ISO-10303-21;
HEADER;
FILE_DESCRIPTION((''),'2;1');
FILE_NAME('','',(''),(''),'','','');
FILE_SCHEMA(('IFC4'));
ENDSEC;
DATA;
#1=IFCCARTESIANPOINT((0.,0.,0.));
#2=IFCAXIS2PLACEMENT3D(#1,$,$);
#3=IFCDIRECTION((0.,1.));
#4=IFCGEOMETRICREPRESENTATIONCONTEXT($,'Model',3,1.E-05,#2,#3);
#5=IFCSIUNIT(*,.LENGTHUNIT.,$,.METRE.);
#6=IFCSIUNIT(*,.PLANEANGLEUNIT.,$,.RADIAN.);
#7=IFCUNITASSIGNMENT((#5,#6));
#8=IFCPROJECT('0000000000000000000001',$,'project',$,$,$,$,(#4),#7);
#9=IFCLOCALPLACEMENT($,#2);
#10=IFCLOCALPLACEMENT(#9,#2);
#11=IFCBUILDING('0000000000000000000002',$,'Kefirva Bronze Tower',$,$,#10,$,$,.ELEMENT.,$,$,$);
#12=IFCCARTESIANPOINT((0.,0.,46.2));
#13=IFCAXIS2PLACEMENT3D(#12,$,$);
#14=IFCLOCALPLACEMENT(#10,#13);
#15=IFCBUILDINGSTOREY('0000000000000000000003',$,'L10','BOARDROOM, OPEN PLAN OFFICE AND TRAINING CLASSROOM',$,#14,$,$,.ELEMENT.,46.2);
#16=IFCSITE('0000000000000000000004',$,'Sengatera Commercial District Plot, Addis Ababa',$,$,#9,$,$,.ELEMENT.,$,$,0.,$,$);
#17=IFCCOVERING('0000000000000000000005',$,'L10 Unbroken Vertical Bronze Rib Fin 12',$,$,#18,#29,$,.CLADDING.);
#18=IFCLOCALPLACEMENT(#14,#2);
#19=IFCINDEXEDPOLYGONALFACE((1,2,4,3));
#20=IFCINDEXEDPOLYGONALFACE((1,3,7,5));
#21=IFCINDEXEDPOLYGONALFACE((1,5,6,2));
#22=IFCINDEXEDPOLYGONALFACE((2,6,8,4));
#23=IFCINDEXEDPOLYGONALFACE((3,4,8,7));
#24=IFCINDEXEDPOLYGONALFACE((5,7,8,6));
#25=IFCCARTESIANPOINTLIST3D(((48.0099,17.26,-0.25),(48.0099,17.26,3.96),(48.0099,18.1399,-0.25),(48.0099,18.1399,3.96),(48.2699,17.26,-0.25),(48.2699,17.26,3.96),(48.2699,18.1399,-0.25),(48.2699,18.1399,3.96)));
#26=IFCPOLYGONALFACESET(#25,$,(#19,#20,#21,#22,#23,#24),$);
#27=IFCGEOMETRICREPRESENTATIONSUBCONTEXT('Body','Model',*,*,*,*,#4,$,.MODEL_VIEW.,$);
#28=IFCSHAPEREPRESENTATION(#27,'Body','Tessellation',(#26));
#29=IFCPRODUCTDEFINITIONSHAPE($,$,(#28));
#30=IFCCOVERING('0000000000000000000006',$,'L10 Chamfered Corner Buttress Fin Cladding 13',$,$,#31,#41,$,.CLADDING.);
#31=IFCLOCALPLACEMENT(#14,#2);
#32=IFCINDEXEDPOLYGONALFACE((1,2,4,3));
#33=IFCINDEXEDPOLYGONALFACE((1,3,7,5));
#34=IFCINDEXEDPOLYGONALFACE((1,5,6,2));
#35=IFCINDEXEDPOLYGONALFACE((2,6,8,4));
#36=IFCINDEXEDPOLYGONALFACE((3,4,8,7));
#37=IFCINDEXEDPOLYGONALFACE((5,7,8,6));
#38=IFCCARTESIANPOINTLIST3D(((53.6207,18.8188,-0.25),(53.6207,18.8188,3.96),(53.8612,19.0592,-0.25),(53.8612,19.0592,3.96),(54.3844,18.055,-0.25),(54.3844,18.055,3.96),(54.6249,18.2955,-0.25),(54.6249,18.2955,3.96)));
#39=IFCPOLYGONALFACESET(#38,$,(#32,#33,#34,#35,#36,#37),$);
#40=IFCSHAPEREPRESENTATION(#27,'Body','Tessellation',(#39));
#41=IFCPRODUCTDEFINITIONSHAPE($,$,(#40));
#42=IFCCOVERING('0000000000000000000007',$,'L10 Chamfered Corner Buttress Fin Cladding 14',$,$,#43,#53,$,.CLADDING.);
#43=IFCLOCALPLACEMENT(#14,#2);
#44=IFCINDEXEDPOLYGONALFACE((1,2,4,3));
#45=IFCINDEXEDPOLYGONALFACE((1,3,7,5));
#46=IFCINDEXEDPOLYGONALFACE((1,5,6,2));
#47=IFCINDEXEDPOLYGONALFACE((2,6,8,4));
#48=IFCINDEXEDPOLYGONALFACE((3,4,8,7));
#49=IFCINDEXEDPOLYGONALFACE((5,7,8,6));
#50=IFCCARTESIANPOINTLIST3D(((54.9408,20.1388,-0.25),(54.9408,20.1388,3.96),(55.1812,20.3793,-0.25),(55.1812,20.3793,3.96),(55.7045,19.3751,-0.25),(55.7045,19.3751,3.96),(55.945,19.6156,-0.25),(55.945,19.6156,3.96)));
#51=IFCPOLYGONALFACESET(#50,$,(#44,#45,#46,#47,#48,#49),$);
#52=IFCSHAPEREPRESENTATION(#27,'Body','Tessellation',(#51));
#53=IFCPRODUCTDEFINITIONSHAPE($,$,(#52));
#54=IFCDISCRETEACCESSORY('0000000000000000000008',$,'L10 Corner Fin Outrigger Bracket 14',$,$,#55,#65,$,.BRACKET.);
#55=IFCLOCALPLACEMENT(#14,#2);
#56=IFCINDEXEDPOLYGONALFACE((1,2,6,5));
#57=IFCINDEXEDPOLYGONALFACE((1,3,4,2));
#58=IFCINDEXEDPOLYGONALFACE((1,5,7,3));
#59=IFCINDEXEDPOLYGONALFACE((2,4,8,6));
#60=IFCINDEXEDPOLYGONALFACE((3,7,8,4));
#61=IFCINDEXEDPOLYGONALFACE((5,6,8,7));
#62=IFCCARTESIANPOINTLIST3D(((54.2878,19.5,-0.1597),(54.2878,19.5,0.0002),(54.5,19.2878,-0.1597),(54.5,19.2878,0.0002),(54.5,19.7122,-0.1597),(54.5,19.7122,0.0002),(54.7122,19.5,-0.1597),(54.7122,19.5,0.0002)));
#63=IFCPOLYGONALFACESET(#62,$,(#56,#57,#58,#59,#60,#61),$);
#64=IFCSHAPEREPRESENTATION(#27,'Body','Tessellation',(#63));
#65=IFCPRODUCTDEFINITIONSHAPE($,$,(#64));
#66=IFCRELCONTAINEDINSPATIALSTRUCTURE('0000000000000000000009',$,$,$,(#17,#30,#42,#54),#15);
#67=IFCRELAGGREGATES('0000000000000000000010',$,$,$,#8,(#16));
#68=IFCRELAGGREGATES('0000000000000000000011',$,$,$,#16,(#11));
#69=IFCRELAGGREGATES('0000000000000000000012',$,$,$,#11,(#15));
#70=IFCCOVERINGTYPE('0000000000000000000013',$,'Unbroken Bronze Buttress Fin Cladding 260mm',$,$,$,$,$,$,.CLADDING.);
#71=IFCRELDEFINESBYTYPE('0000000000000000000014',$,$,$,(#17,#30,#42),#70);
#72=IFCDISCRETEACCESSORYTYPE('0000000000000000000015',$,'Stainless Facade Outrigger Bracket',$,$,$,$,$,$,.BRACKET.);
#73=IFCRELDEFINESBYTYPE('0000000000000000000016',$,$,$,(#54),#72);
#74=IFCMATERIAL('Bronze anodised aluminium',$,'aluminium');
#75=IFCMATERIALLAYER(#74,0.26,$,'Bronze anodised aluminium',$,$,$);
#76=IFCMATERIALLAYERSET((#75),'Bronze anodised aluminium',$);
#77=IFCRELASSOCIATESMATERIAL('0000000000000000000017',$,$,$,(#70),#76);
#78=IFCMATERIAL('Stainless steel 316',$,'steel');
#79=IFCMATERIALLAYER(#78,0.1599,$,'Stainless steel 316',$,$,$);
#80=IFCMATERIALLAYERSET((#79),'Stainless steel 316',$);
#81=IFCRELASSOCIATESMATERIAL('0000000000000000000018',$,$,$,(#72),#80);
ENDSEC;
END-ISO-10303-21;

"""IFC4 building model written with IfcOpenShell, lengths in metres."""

from ifc_helpers import new_model, si_unit, direction, frame, origin, origin_2d, place, context, subcontext, project, spatial, rectangle, extrude, material, layer, layer_set, type_object, element, save


model = new_model("IFC4")

# Units and contexts
model_context = context("Model", 3, precision=1e-05, world=origin(), true_north=direction((0.0, 1.0)))
body_context = subcontext(model_context, "Body", "Model", "MODEL_VIEW")
ifc_project = project(units=[si_unit("LENGTHUNIT", "METRE"), si_unit("PLANEANGLEUNIT", "RADIAN")], contexts=[model_context])

# Site, building, storey
site_placement = place(None, origin())
site = spatial("IfcSite", under=ifc_project, at=site_placement, Name="Sengatera Commercial District Plot, Addis Ababa", CompositionType="ELEMENT", RefElevation=0.0)
building_placement = place(site_placement, origin())
building = spatial("IfcBuilding", under=site, at=building_placement, Name="Kefirva Bronze Tower", CompositionType="ELEMENT")
storey_placement = place(building_placement, frame((0.0, 0.0, 46.2)))
storey = spatial("IfcBuildingStorey", under=building, at=storey_placement, Name="L10", Description="BOARDROOM, OPEN PLAN OFFICE AND TRAINING CLASSROOM", CompositionType="ELEMENT", Elevation=46.2)

# Shared definitions
ifc_material_1 = material(Name="Bronze anodised aluminium", Category="aluminium")

# Coverings
ifc_layer_1 = layer(ifc_material_1, 0.26, Name="Bronze anodised aluminium")
ifc_layer_set_1 = layer_set([ifc_layer_1], Name="Bronze anodised aluminium")
covering_type_1 = type_object("IfcCoveringType", Name="Unbroken Bronze Buttress Fin Cladding 260mm", PredefinedType="CLADDING", material=ifc_layer_set_1)
for number, where, z_axis, x_axis, name in (
    (1, (48.1399, 17.7, -0.25), (0.0, 0.0, 1.0), (1.0, 0.0, 0.0), "L10 Unbroken Vertical Bronze Rib Fin 12"),
):
    element("IfcCovering", number, at=place(storey_placement, frame(where, z_axis=z_axis, x_axis=x_axis)), inside=storey, type_object=covering_type_1, Name=name, PredefinedType="CLADDING", context=body_context, shape_type="SweptSolid", body=[
        extrude(rectangle(XDim=0.26, YDim=0.8799, at=origin_2d()), origin(), (0.0, 0.0, 1.0), 4.21),
    ])
for number, where, z_axis, x_axis, name in (
    (2, (54.1228, 18.5571, -0.25), (0.0, 0.0, 1.0), (0.707107, 0.707107, 0.0), "L10 Chamfered Corner Buttress Fin Cladding 13"),
    (3, (55.4429, 19.8772, -0.25), (0.0, 0.0, 1.0), (0.707107, 0.707107, 0.0), "L10 Chamfered Corner Buttress Fin Cladding 14"),
):
    element("IfcCovering", number, at=place(storey_placement, frame(where, z_axis=z_axis, x_axis=x_axis)), inside=storey, type_object=covering_type_1, Name=name, PredefinedType="CLADDING", context=body_context, shape_type="SweptSolid", body=[
        extrude(rectangle(XDim=0.3401, YDim=1.0801, at=origin_2d()), origin(), (0.0, 0.0, 1.0), 4.21),
    ])

# Discrete accessory
ifc_material_2 = material(Name="Stainless steel 316", Category="steel")
ifc_layer_2 = layer(ifc_material_2, 0.1599, Name="Stainless steel 316")
ifc_layer_set_2 = layer_set([ifc_layer_2], Name="Stainless steel 316")
discrete_accessory_type = type_object("IfcDiscreteAccessoryType", Name="Stainless Facade Outrigger Bracket", PredefinedType="BRACKET", material=ifc_layer_set_2)
discrete_accessory_placement = place(storey_placement, frame((54.5, 19.5, -0.1597), z_axis=(0.0, 0.0, 1.0), x_axis=(0.707107, 0.707107, 0.0)))
element("IfcDiscreteAccessory", 4, at=discrete_accessory_placement, inside=storey, type_object=discrete_accessory_type, Name="L10 Corner Fin Outrigger Bracket 14", PredefinedType="BRACKET", context=body_context, shape_type="SweptSolid", body=[
    extrude(rectangle(XDim=0.3, YDim=0.3, at=origin_2d()), origin(), (0.0, 0.0, 1.0), 0.1599),
])

save(model, "model.ifc")
